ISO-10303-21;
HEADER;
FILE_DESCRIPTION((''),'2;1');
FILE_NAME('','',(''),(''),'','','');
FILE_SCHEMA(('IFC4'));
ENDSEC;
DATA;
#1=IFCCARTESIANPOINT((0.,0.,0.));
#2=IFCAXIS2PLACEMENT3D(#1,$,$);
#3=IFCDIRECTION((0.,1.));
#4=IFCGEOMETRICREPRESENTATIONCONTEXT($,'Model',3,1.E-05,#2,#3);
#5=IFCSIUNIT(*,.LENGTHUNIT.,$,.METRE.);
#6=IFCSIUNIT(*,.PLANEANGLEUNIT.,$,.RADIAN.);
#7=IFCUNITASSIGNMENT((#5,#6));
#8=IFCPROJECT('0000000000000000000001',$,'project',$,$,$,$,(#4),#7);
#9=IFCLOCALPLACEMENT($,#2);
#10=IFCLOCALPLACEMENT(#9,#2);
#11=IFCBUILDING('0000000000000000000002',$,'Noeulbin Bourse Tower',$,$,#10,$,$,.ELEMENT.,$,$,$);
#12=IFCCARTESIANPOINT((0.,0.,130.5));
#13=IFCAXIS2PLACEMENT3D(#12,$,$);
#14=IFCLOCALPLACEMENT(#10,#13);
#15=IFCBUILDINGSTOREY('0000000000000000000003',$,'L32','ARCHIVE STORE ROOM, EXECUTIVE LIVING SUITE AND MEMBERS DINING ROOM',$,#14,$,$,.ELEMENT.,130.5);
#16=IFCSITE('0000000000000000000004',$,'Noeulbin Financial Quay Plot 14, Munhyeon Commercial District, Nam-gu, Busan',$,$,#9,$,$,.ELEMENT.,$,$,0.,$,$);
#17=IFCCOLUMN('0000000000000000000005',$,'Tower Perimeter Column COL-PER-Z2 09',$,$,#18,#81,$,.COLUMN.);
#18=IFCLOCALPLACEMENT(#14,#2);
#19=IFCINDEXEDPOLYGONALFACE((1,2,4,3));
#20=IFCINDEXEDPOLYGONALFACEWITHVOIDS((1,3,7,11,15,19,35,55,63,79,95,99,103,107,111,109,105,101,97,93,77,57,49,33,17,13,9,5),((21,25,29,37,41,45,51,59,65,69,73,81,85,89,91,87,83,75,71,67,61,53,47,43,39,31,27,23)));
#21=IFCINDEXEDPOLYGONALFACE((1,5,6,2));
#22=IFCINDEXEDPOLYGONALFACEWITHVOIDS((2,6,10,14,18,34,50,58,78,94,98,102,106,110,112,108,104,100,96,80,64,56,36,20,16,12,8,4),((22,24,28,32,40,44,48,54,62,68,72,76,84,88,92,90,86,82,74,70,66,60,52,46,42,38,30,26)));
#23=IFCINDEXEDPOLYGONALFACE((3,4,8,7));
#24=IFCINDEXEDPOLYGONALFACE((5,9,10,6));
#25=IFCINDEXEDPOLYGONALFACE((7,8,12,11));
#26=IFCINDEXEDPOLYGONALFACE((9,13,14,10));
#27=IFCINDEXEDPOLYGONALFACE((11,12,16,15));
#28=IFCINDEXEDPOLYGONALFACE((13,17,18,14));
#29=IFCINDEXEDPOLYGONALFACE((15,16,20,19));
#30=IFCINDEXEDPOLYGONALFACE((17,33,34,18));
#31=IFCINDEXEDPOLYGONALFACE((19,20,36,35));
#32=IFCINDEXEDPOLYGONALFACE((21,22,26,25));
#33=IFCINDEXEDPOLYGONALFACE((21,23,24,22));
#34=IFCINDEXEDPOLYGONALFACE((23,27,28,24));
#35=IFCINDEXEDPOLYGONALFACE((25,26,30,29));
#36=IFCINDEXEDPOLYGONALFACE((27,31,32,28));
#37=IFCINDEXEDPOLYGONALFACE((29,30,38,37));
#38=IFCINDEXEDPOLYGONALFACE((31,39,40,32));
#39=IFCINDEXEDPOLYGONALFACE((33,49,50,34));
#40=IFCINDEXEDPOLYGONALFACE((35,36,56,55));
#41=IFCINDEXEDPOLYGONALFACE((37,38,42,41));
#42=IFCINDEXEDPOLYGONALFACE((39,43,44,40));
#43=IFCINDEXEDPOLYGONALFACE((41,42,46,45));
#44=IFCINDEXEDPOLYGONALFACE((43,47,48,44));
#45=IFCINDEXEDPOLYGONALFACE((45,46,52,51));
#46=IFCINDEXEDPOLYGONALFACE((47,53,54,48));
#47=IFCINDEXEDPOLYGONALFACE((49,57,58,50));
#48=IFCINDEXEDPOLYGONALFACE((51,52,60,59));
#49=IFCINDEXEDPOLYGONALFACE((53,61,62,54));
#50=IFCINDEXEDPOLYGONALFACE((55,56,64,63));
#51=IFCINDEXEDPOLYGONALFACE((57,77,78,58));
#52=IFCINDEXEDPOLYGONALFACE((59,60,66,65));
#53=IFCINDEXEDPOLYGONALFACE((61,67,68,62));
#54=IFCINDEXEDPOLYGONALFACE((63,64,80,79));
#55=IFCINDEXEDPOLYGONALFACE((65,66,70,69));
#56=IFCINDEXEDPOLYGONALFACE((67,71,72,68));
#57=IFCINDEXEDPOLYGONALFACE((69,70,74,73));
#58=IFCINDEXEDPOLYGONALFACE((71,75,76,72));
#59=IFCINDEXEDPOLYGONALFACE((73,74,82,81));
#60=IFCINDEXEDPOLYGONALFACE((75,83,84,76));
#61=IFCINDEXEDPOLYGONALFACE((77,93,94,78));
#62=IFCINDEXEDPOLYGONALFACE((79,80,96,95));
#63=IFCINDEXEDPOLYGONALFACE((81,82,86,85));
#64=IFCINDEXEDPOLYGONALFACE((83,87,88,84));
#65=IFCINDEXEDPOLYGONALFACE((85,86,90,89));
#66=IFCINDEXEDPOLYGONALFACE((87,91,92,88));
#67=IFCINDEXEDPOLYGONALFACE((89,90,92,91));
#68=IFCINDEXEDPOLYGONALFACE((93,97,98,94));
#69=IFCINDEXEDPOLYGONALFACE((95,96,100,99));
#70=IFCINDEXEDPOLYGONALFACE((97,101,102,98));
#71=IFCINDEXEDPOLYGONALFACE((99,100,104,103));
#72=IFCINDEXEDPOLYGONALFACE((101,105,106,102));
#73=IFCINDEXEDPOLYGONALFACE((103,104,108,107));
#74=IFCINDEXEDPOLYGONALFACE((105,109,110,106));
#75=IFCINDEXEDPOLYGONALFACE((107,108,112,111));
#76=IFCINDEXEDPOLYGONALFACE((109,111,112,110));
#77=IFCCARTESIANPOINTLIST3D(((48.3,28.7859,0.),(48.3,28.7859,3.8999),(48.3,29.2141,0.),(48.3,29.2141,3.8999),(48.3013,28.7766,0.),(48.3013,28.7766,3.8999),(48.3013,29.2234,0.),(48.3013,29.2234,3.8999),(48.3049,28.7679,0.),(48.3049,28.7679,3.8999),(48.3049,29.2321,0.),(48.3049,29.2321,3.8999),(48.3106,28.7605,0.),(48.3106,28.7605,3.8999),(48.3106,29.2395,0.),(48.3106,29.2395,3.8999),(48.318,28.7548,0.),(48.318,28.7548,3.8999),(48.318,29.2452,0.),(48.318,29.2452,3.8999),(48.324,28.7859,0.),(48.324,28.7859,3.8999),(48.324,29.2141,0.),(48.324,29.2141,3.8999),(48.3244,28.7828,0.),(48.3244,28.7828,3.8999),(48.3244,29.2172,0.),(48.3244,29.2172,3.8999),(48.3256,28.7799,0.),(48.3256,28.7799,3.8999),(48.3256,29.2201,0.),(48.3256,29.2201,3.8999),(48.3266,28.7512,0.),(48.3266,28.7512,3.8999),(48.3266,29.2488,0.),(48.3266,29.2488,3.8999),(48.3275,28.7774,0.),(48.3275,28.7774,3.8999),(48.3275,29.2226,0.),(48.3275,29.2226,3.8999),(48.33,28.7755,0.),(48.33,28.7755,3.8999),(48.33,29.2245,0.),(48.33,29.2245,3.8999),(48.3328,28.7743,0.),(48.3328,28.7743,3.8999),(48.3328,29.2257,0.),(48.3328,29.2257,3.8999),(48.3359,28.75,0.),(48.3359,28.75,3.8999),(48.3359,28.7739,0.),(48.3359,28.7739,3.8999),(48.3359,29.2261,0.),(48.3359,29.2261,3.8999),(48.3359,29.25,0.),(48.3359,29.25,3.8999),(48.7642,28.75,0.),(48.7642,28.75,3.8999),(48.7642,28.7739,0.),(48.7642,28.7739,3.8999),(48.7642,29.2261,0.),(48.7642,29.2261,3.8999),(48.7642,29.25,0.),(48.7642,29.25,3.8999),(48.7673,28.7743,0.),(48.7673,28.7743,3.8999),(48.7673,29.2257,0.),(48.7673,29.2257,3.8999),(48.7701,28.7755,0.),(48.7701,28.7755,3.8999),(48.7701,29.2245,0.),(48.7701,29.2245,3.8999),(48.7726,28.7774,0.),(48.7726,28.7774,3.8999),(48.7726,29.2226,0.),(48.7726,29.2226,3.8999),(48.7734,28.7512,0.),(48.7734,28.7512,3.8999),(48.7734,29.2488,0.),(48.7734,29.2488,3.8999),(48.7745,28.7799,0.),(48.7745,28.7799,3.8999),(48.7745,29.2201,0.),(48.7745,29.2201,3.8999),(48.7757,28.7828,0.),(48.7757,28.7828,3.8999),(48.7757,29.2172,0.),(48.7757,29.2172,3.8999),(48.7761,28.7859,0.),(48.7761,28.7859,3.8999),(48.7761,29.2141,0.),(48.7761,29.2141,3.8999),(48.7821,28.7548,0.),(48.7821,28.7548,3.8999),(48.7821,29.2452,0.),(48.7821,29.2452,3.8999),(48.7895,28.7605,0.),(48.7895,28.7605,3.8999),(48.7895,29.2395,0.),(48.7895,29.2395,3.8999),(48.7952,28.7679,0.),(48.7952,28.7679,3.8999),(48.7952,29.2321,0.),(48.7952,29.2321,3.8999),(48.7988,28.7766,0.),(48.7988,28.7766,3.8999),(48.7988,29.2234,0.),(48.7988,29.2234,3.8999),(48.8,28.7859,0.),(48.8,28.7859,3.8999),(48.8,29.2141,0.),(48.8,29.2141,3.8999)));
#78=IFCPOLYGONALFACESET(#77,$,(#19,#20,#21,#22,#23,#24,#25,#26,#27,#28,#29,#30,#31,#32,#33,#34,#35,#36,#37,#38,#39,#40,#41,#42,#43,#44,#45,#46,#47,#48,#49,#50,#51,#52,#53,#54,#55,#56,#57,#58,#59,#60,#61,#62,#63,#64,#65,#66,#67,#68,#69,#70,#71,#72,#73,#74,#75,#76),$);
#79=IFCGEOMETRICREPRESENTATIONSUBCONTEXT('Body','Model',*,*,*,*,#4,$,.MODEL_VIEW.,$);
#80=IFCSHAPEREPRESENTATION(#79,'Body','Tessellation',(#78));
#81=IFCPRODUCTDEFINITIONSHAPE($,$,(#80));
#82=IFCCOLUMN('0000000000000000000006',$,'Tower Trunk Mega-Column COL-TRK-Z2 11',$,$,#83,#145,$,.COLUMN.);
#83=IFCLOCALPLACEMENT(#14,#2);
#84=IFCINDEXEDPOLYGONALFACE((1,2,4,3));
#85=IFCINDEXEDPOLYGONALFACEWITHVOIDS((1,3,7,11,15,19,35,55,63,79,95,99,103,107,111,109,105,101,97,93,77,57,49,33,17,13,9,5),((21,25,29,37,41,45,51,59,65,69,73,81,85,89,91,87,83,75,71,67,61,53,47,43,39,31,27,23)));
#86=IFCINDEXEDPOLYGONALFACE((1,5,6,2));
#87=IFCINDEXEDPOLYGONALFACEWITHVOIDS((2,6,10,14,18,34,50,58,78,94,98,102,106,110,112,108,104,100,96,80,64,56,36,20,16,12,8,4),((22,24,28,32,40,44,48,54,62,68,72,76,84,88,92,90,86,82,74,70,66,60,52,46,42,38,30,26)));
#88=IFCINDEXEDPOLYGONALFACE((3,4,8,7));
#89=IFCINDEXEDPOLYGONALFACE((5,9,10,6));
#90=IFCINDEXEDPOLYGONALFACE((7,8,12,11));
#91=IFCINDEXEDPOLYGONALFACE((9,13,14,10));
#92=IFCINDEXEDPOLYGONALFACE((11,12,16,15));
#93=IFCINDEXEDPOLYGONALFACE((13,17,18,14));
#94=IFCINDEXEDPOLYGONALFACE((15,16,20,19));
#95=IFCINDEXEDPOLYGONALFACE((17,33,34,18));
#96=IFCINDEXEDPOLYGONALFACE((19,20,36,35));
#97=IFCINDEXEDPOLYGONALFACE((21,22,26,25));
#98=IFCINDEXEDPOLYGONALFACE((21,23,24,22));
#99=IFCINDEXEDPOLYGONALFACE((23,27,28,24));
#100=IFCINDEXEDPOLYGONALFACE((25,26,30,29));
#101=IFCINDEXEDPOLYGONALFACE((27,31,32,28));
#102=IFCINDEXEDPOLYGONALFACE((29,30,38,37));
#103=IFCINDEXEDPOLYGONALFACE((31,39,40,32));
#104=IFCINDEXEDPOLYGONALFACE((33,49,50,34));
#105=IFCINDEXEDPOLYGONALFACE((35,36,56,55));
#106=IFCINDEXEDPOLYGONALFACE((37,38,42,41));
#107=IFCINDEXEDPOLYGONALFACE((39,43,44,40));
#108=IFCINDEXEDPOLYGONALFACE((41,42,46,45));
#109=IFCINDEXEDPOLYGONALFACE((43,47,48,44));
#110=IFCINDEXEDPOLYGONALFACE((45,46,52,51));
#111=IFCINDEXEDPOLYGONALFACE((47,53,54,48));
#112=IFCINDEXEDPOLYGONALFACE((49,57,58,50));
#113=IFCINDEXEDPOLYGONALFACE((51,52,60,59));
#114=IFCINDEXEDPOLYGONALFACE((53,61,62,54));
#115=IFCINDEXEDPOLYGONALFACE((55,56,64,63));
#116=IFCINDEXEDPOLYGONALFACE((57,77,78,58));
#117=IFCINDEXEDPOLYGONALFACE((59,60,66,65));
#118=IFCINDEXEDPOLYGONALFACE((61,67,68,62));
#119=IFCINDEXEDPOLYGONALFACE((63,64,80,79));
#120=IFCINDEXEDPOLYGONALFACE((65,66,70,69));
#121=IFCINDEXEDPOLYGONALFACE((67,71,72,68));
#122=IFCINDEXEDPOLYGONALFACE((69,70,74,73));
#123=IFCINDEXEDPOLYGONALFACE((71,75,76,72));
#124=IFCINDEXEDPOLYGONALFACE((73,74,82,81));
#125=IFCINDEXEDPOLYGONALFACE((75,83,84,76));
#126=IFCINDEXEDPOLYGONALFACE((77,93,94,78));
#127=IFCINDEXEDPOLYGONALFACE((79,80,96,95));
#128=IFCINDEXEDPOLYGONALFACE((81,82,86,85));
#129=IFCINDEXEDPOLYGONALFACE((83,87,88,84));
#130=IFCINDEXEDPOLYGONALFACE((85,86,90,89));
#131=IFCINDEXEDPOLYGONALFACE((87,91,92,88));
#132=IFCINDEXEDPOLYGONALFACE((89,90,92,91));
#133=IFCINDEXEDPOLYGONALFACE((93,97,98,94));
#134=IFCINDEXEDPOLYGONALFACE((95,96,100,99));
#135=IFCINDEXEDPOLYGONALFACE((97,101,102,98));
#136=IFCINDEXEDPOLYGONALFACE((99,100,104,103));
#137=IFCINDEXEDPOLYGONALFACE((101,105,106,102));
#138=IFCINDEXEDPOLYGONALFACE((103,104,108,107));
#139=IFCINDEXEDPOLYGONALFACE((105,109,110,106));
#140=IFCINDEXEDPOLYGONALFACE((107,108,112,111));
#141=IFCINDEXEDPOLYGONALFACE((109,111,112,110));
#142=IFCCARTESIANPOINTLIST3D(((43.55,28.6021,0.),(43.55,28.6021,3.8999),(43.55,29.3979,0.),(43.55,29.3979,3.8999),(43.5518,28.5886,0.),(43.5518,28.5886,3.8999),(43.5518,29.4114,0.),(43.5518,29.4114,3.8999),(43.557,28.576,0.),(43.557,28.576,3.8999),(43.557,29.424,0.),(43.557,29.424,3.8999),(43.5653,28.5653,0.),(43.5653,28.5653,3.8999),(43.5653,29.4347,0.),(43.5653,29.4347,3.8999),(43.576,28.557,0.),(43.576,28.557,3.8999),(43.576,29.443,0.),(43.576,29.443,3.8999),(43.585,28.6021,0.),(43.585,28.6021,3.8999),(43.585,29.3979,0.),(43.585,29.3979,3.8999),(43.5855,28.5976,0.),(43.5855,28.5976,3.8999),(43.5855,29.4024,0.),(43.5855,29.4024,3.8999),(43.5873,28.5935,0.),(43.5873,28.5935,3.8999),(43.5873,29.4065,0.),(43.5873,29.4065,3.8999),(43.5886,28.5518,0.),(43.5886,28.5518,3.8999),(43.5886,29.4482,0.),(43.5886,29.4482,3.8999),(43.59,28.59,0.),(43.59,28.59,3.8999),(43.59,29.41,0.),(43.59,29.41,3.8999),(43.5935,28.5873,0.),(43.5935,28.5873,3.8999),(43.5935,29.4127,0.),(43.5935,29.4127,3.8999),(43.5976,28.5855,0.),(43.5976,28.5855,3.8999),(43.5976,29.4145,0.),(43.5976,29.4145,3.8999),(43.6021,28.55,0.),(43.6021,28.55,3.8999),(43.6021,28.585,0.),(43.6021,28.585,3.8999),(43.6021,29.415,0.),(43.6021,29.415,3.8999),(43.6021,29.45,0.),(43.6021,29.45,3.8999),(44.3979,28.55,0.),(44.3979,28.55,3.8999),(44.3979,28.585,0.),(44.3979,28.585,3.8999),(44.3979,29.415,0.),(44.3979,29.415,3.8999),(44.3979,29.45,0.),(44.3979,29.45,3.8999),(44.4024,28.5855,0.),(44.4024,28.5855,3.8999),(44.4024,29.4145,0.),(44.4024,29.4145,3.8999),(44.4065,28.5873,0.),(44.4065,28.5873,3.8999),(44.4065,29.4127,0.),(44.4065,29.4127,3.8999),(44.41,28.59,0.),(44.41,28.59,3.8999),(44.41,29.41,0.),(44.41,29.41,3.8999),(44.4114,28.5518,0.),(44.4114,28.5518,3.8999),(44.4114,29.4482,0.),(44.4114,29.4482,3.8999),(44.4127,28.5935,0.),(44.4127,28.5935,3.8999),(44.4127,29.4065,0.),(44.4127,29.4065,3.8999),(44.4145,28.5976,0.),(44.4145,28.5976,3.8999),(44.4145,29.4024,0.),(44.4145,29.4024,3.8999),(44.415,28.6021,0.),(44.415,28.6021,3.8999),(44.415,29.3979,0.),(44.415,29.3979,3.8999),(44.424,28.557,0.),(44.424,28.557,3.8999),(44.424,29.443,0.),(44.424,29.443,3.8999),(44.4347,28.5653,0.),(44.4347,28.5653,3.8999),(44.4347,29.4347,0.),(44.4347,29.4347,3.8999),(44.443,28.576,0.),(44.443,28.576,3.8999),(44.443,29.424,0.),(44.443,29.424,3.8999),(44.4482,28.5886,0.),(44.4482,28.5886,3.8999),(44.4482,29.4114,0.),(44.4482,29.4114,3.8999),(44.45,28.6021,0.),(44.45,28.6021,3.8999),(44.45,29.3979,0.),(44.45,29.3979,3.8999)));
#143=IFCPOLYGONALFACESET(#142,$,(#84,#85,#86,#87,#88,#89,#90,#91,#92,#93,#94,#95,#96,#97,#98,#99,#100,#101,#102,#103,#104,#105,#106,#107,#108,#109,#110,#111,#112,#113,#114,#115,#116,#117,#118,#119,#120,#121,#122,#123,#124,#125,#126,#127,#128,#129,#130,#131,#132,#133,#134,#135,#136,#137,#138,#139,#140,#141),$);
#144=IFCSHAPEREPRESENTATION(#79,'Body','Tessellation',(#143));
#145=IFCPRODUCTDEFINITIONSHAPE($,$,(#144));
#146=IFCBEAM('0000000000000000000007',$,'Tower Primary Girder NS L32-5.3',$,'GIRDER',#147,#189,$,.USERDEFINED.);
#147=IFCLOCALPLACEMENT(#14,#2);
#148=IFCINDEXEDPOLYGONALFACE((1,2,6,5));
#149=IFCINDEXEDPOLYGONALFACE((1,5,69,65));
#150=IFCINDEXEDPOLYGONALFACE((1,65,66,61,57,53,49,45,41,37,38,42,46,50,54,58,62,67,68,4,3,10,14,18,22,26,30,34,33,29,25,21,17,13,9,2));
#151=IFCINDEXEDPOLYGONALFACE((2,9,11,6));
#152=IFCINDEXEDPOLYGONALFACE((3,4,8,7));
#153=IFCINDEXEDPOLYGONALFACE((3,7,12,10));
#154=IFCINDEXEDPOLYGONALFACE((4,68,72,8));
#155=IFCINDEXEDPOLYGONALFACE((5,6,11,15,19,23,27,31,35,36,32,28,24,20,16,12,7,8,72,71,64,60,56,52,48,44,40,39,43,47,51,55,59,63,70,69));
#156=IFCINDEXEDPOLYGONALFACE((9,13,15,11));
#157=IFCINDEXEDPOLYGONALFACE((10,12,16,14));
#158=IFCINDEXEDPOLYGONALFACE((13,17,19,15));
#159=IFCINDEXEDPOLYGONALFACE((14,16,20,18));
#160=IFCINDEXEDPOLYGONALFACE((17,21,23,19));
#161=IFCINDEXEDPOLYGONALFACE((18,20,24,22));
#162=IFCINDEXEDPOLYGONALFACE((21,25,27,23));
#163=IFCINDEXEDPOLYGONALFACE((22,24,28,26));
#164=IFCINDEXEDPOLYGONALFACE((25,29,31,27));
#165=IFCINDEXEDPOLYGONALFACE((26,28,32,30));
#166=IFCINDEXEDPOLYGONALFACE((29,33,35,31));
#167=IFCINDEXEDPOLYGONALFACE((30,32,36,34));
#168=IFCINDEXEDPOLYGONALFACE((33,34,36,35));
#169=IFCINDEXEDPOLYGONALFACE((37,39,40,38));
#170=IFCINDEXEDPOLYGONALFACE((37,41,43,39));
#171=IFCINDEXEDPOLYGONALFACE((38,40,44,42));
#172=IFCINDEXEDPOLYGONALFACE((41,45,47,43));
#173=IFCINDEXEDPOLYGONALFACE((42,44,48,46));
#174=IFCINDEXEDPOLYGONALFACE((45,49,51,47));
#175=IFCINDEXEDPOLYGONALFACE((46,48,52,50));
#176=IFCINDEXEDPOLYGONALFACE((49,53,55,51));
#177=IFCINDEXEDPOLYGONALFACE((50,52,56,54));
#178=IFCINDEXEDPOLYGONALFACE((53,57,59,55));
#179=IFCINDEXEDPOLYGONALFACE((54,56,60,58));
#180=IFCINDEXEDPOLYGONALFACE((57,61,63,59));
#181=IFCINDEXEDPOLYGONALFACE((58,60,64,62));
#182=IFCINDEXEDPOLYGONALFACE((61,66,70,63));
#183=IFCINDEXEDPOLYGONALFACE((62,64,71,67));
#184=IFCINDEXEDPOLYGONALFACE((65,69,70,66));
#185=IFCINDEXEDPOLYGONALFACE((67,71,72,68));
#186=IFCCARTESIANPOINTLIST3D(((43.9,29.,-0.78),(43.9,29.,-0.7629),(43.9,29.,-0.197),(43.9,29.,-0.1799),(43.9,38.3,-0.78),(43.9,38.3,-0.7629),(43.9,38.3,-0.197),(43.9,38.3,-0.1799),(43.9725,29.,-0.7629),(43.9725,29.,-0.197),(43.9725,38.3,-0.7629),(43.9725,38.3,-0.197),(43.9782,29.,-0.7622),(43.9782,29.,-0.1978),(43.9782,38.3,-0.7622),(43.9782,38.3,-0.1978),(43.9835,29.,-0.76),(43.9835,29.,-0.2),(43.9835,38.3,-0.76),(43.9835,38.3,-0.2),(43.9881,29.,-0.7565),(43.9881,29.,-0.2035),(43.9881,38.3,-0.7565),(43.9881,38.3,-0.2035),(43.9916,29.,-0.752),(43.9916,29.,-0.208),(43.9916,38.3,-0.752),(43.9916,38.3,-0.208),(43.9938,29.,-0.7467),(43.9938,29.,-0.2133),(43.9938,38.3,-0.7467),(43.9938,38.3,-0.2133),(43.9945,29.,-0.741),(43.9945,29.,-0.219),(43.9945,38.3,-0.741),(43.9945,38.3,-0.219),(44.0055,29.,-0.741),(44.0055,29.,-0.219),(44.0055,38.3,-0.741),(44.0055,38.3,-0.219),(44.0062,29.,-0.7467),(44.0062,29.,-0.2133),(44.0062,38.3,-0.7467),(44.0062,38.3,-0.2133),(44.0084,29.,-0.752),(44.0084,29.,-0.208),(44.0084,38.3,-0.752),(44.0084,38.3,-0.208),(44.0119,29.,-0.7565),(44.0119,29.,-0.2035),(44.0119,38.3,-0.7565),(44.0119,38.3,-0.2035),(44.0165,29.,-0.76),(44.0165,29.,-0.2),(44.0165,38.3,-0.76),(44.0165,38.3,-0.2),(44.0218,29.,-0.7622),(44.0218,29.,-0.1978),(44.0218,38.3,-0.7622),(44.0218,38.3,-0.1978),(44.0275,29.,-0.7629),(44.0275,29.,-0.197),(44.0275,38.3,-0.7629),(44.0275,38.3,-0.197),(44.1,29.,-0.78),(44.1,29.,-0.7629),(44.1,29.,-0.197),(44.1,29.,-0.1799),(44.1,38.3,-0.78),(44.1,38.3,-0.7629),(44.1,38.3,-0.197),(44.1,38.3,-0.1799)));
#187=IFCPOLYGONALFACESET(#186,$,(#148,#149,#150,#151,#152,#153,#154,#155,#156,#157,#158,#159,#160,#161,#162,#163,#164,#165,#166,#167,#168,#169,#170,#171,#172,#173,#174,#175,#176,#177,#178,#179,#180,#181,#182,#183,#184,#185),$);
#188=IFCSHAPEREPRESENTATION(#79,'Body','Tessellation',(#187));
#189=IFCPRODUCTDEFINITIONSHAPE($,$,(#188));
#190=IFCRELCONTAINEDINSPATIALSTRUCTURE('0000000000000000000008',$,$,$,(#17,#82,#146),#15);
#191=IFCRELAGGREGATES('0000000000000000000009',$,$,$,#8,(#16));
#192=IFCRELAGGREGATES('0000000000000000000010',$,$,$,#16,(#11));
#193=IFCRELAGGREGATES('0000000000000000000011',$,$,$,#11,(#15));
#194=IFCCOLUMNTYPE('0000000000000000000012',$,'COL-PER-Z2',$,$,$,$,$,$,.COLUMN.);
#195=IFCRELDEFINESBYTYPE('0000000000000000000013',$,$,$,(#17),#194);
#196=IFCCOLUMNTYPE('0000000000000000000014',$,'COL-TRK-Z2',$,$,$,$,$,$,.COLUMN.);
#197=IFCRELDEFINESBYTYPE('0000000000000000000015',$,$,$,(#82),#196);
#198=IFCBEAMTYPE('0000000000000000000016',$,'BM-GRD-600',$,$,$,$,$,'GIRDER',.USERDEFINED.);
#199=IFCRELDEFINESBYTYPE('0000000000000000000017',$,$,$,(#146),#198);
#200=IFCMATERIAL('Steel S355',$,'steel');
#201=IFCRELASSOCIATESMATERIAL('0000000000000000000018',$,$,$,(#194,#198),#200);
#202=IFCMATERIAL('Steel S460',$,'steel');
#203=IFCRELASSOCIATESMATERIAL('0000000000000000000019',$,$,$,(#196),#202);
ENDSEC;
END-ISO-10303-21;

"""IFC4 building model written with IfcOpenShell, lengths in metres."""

from ifc_helpers import new_model, si_unit, direction, frame, origin, origin_2d, place, context, subcontext, project, spatial, hollow_rectangle, i_section, extrude, material, material_profile, profile_set, type_object, element, save


model = new_model("IFC4")

# Units and contexts
model_context = context("Model", 3, precision=1e-05, world=origin(), true_north=direction((0.0, 1.0)))
body_context = subcontext(model_context, "Body", "Model", "MODEL_VIEW")
ifc_project = project(units=[si_unit("LENGTHUNIT", "METRE"), si_unit("PLANEANGLEUNIT", "RADIAN")], contexts=[model_context])

# Site, building, storey
site_placement = place(None, origin())
site = spatial("IfcSite", under=ifc_project, at=site_placement, Name="Noeulbin Financial Quay Plot 14, Munhyeon Commercial District, Nam-gu, Busan", CompositionType="ELEMENT", RefElevation=0.0)
building_placement = place(site_placement, origin())
building = spatial("IfcBuilding", under=site, at=building_placement, Name="Noeulbin Bourse Tower", CompositionType="ELEMENT")
storey_placement = place(building_placement, frame((0.0, 0.0, 130.5)))
storey = spatial("IfcBuildingStorey", under=building, at=storey_placement, Name="L32", Description="ARCHIVE STORE ROOM, EXECUTIVE LIVING SUITE AND MEMBERS DINING ROOM", CompositionType="ELEMENT", Elevation=130.5)

# Columns
ifc_material_1 = material(Name="Steel S355", Category="steel")
ifc_material_profile_1 = material_profile(ifc_material_1, hollow_rectangle(XDim=0.5, YDim=0.5, WallThickness=0.0239, InnerFilletRadius=0.012, OuterFilletRadius=0.0359, at=origin_2d()), Name="BOX-500x500x24", Category="LoadBearing")
ifc_profile_set_1 = profile_set([ifc_material_profile_1], Name="Steel S355")
column_type_1 = type_object("IfcColumnType", Name="COL-PER-Z2", PredefinedType="COLUMN", material=ifc_profile_set_1)
column_1_placement = place(storey_placement, frame((48.55, 29.0, 0.0), z_axis=(0.0, 0.0, 1.0), x_axis=(1.0, 0.0, 0.0)))
element("IfcColumn", 1, at=column_1_placement, inside=storey, type_object=column_type_1, Name="Tower Perimeter Column COL-PER-Z2 09", PredefinedType="COLUMN", context=body_context, shape_type="SweptSolid", body=[
    extrude(hollow_rectangle(XDim=0.5, YDim=0.5, WallThickness=0.0239, InnerFilletRadius=0.012, OuterFilletRadius=0.0359, at=origin_2d()), origin(), (0.0, 0.0, 1.0), 3.8999),
])
ifc_material_2 = material(Name="Steel S460", Category="steel")
ifc_material_profile_2 = material_profile(ifc_material_2, hollow_rectangle(XDim=0.8999, YDim=0.8999, WallThickness=0.0349, InnerFilletRadius=0.0171, OuterFilletRadius=0.052, at=origin_2d()), Name="BOX-900x900x35", Category="LoadBearing")
ifc_profile_set_2 = profile_set([ifc_material_profile_2], Name="Steel S460")
column_type_2 = type_object("IfcColumnType", Name="COL-TRK-Z2", PredefinedType="COLUMN", material=ifc_profile_set_2)
column_2_placement = place(storey_placement, frame((44.0, 29.0, 0.0), z_axis=(0.0, 0.0, 1.0), x_axis=(1.0, 0.0, 0.0)))
element("IfcColumn", 2, at=column_2_placement, inside=storey, type_object=column_type_2, Name="Tower Trunk Mega-Column COL-TRK-Z2 11", PredefinedType="COLUMN", context=body_context, shape_type="SweptSolid", body=[
    extrude(hollow_rectangle(XDim=0.8999, YDim=0.8999, WallThickness=0.0349, InnerFilletRadius=0.0171, OuterFilletRadius=0.052, at=origin_2d()), origin(), (0.0, 0.0, 1.0), 3.8999),
])

# Beam
ifc_material_profile_3 = material_profile(ifc_material_1, i_section(OverallWidth=0.2, OverallDepth=0.6001, WebThickness=0.011, FlangeThickness=0.0171, FilletRadius=0.022, at=origin_2d()), Name="H-600x200x11x17", Category="LoadBearing")
ifc_profile_set_3 = profile_set([ifc_material_profile_3], Name="Steel S355")
beam_type_1 = type_object("IfcBeamType", Name="BM-GRD-600", ElementType="GIRDER", PredefinedType="USERDEFINED", material=ifc_profile_set_3)
beam_1_placement = place(storey_placement, frame((44.0, 29.0, -0.48), z_axis=(0.0, 1.0, 0.0), x_axis=(-1.0, 0.0, 0.0)))
element("IfcBeam", 3, at=beam_1_placement, inside=storey, type_object=beam_type_1, Name="Tower Primary Girder NS L32-5.3", ObjectType="GIRDER", PredefinedType="USERDEFINED", context=body_context, shape_type="SweptSolid", body=[
    extrude(i_section(OverallWidth=0.2, OverallDepth=0.6001, WebThickness=0.011, FlangeThickness=0.0171, FilletRadius=0.022, at=origin_2d()), origin(), (0.0, 0.0, 1.0), 9.3),
])

save(model, "model.ifc")
